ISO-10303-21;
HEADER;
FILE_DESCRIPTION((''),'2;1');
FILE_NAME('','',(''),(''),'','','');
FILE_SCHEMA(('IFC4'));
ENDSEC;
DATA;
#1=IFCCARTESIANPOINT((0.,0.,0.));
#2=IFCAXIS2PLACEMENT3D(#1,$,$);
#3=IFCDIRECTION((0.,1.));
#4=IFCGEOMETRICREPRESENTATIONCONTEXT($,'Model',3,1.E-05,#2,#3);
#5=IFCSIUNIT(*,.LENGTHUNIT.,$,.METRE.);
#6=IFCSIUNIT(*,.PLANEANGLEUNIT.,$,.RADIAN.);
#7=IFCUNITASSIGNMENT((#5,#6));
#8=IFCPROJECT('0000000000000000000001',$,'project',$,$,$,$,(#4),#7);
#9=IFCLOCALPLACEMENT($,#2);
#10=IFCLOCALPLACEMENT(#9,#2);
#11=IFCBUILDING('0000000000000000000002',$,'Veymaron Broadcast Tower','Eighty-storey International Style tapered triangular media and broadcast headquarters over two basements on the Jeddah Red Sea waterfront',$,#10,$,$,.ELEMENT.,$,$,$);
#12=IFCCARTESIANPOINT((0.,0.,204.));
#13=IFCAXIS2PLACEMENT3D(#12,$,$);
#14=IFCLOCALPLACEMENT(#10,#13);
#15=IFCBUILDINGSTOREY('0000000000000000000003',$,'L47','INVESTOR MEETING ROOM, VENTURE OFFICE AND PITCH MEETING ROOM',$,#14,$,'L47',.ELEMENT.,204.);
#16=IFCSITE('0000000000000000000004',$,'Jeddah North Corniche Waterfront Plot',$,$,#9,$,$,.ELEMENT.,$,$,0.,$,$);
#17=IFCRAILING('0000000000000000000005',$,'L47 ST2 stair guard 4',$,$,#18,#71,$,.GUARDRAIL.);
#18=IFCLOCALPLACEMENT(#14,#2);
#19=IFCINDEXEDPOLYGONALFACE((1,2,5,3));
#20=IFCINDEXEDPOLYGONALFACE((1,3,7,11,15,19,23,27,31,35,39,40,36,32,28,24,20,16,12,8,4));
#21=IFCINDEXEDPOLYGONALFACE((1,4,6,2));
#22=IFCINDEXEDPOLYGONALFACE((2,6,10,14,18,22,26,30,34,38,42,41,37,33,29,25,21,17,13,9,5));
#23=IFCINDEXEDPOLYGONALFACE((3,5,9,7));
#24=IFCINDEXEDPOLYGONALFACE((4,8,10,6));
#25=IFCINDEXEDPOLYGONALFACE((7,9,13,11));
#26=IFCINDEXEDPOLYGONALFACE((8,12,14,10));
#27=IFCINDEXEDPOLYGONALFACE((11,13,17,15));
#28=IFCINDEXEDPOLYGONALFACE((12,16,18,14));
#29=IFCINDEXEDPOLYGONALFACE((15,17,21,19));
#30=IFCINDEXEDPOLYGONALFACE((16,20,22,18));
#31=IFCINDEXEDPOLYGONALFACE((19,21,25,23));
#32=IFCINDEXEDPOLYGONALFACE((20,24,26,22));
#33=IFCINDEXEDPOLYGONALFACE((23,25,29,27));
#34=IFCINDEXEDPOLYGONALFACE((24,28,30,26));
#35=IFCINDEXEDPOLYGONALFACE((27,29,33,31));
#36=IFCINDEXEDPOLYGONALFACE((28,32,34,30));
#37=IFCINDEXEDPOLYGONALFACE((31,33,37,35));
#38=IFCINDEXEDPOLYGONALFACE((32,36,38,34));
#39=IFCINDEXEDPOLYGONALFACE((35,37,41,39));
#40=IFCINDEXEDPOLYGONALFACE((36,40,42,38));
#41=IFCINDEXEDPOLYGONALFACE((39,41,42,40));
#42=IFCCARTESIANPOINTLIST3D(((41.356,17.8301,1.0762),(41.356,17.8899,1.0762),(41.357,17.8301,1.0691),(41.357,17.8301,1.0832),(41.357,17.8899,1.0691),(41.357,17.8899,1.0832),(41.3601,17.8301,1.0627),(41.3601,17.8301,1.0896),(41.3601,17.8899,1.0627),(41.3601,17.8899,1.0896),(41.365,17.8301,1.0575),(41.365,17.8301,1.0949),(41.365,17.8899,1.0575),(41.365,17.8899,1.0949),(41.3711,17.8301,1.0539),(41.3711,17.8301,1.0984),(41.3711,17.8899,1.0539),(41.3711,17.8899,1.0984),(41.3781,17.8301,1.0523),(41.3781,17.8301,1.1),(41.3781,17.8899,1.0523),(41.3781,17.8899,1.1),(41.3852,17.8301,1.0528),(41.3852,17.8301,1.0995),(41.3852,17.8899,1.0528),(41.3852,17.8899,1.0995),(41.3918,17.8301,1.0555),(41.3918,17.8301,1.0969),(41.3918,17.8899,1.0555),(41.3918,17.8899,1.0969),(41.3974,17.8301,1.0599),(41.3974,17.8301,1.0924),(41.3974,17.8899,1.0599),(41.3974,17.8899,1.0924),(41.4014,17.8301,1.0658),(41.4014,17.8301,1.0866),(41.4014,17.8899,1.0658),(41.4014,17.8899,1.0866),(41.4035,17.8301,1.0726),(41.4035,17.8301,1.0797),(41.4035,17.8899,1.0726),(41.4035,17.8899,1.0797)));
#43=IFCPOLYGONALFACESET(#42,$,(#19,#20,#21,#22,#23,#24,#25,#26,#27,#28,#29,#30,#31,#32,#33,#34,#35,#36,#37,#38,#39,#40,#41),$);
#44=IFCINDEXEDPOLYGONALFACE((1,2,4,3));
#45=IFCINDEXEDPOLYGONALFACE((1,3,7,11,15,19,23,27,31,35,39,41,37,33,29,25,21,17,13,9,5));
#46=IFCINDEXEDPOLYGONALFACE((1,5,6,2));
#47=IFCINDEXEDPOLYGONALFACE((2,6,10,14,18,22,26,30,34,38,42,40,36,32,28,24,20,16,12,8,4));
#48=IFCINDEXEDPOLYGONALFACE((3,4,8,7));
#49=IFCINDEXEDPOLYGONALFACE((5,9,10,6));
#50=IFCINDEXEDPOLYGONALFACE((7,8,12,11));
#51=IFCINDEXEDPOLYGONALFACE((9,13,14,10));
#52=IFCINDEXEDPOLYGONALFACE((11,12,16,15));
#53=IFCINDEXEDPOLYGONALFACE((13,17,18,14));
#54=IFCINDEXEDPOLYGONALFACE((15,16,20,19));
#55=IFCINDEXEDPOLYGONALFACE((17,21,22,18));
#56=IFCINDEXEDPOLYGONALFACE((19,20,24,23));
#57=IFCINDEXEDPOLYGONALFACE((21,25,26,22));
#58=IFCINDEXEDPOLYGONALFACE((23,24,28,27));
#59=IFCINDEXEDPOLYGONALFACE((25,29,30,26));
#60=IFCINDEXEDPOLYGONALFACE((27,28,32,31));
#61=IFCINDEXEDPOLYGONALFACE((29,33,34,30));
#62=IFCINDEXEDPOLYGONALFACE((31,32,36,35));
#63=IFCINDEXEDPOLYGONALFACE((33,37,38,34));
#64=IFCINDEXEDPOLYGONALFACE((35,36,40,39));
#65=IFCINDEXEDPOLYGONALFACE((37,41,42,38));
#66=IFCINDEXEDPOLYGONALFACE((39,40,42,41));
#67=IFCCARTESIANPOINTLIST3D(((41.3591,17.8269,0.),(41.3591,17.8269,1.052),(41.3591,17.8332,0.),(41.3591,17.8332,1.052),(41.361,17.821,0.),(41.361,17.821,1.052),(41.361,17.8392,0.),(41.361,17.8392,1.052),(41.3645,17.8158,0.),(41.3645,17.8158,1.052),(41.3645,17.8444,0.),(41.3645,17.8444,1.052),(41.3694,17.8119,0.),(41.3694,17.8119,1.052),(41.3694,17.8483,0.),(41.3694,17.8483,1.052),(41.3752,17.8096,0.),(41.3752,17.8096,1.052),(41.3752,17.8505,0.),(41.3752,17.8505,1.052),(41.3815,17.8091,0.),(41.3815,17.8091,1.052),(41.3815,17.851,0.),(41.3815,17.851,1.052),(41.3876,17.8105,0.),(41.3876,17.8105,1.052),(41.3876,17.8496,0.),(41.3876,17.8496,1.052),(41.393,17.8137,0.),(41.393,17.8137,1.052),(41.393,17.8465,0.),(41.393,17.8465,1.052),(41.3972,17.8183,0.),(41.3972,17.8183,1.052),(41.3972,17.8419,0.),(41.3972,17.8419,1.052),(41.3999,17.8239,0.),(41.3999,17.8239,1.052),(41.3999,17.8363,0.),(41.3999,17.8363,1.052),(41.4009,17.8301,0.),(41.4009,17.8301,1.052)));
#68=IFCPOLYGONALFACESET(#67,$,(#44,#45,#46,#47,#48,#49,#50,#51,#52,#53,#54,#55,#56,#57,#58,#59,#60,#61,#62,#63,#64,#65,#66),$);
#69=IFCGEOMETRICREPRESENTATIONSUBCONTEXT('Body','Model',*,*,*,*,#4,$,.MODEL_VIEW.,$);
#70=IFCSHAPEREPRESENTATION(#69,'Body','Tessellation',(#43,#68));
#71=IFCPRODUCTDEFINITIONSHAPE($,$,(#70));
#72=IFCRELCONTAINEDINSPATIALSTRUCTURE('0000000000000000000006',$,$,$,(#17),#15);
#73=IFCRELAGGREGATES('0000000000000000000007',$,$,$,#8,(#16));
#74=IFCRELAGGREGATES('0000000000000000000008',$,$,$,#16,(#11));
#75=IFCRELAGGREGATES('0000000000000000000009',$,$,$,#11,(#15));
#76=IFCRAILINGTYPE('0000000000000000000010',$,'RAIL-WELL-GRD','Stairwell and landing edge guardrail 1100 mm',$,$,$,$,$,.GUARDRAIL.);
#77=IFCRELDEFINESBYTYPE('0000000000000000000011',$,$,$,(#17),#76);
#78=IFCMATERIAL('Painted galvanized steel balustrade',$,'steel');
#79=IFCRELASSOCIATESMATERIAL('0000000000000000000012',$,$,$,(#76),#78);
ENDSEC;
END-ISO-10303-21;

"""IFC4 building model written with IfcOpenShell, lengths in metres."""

from ifc_helpers import new_model, si_unit, direction, frame, origin, origin_2d, place, context, subcontext, project, spatial, circle, extrude, material, type_object, element, save


model = new_model("IFC4")

# Units and contexts
model_context = context("Model", 3, precision=1e-05, world=origin(), true_north=direction((0.0, 1.0)))
body_context = subcontext(model_context, "Body", "Model", "MODEL_VIEW")
ifc_project = project(units=[si_unit("LENGTHUNIT", "METRE"), si_unit("PLANEANGLEUNIT", "RADIAN")], contexts=[model_context])

# Site, building, storey
site_placement = place(None, origin())
site = spatial("IfcSite", under=ifc_project, at=site_placement, Name="Jeddah North Corniche Waterfront Plot", CompositionType="ELEMENT", RefElevation=0.0)
building_placement = place(site_placement, origin())
building = spatial("IfcBuilding", under=site, at=building_placement, Name="Veymaron Broadcast Tower", Description="Eighty-storey International Style tapered triangular media and broadcast headquarters over two basements on the Jeddah Red Sea waterfront", CompositionType="ELEMENT")
storey_placement = place(building_placement, frame((0.0, 0.0, 204.0)))
storey = spatial("IfcBuildingStorey", under=building, at=storey_placement, Name="L47", Description="INVESTOR MEETING ROOM, VENTURE OFFICE AND PITCH MEETING ROOM", LongName="L47", CompositionType="ELEMENT", Elevation=204.0)

# Railing
ifc_material_1 = material(Name="Painted galvanized steel balustrade", Category="steel")
railing_type_1 = type_object("IfcRailingType", Name="RAIL-WELL-GRD", Description="Stairwell and landing edge guardrail 1100 mm", PredefinedType="GUARDRAIL", material=ifc_material_1)
railing_1_placement = place(storey_placement, frame((41.3799, 17.8301, 0.0)))
element("IfcRailing", 1, at=railing_1_placement, inside=storey, type_object=railing_type_1, Name="L47 ST2 stair guard 4", PredefinedType="GUARDRAIL", context=body_context, shape_type="SweptSolid", body=[
    extrude(circle(Radius=0.0239, at=origin_2d()), frame((0.0, 0.0, 1.0762), z_axis=(0.0, 1.0, 0.0), x_axis=(-1.0, 0.0, 0.0)), (0.0, 0.0, 1.0), 0.0598),
    extrude(circle(Radius=0.021, at=origin_2d()), origin(), (0.0, 0.0, 1.0), 1.052),
])

save(model, "model.ifc")
